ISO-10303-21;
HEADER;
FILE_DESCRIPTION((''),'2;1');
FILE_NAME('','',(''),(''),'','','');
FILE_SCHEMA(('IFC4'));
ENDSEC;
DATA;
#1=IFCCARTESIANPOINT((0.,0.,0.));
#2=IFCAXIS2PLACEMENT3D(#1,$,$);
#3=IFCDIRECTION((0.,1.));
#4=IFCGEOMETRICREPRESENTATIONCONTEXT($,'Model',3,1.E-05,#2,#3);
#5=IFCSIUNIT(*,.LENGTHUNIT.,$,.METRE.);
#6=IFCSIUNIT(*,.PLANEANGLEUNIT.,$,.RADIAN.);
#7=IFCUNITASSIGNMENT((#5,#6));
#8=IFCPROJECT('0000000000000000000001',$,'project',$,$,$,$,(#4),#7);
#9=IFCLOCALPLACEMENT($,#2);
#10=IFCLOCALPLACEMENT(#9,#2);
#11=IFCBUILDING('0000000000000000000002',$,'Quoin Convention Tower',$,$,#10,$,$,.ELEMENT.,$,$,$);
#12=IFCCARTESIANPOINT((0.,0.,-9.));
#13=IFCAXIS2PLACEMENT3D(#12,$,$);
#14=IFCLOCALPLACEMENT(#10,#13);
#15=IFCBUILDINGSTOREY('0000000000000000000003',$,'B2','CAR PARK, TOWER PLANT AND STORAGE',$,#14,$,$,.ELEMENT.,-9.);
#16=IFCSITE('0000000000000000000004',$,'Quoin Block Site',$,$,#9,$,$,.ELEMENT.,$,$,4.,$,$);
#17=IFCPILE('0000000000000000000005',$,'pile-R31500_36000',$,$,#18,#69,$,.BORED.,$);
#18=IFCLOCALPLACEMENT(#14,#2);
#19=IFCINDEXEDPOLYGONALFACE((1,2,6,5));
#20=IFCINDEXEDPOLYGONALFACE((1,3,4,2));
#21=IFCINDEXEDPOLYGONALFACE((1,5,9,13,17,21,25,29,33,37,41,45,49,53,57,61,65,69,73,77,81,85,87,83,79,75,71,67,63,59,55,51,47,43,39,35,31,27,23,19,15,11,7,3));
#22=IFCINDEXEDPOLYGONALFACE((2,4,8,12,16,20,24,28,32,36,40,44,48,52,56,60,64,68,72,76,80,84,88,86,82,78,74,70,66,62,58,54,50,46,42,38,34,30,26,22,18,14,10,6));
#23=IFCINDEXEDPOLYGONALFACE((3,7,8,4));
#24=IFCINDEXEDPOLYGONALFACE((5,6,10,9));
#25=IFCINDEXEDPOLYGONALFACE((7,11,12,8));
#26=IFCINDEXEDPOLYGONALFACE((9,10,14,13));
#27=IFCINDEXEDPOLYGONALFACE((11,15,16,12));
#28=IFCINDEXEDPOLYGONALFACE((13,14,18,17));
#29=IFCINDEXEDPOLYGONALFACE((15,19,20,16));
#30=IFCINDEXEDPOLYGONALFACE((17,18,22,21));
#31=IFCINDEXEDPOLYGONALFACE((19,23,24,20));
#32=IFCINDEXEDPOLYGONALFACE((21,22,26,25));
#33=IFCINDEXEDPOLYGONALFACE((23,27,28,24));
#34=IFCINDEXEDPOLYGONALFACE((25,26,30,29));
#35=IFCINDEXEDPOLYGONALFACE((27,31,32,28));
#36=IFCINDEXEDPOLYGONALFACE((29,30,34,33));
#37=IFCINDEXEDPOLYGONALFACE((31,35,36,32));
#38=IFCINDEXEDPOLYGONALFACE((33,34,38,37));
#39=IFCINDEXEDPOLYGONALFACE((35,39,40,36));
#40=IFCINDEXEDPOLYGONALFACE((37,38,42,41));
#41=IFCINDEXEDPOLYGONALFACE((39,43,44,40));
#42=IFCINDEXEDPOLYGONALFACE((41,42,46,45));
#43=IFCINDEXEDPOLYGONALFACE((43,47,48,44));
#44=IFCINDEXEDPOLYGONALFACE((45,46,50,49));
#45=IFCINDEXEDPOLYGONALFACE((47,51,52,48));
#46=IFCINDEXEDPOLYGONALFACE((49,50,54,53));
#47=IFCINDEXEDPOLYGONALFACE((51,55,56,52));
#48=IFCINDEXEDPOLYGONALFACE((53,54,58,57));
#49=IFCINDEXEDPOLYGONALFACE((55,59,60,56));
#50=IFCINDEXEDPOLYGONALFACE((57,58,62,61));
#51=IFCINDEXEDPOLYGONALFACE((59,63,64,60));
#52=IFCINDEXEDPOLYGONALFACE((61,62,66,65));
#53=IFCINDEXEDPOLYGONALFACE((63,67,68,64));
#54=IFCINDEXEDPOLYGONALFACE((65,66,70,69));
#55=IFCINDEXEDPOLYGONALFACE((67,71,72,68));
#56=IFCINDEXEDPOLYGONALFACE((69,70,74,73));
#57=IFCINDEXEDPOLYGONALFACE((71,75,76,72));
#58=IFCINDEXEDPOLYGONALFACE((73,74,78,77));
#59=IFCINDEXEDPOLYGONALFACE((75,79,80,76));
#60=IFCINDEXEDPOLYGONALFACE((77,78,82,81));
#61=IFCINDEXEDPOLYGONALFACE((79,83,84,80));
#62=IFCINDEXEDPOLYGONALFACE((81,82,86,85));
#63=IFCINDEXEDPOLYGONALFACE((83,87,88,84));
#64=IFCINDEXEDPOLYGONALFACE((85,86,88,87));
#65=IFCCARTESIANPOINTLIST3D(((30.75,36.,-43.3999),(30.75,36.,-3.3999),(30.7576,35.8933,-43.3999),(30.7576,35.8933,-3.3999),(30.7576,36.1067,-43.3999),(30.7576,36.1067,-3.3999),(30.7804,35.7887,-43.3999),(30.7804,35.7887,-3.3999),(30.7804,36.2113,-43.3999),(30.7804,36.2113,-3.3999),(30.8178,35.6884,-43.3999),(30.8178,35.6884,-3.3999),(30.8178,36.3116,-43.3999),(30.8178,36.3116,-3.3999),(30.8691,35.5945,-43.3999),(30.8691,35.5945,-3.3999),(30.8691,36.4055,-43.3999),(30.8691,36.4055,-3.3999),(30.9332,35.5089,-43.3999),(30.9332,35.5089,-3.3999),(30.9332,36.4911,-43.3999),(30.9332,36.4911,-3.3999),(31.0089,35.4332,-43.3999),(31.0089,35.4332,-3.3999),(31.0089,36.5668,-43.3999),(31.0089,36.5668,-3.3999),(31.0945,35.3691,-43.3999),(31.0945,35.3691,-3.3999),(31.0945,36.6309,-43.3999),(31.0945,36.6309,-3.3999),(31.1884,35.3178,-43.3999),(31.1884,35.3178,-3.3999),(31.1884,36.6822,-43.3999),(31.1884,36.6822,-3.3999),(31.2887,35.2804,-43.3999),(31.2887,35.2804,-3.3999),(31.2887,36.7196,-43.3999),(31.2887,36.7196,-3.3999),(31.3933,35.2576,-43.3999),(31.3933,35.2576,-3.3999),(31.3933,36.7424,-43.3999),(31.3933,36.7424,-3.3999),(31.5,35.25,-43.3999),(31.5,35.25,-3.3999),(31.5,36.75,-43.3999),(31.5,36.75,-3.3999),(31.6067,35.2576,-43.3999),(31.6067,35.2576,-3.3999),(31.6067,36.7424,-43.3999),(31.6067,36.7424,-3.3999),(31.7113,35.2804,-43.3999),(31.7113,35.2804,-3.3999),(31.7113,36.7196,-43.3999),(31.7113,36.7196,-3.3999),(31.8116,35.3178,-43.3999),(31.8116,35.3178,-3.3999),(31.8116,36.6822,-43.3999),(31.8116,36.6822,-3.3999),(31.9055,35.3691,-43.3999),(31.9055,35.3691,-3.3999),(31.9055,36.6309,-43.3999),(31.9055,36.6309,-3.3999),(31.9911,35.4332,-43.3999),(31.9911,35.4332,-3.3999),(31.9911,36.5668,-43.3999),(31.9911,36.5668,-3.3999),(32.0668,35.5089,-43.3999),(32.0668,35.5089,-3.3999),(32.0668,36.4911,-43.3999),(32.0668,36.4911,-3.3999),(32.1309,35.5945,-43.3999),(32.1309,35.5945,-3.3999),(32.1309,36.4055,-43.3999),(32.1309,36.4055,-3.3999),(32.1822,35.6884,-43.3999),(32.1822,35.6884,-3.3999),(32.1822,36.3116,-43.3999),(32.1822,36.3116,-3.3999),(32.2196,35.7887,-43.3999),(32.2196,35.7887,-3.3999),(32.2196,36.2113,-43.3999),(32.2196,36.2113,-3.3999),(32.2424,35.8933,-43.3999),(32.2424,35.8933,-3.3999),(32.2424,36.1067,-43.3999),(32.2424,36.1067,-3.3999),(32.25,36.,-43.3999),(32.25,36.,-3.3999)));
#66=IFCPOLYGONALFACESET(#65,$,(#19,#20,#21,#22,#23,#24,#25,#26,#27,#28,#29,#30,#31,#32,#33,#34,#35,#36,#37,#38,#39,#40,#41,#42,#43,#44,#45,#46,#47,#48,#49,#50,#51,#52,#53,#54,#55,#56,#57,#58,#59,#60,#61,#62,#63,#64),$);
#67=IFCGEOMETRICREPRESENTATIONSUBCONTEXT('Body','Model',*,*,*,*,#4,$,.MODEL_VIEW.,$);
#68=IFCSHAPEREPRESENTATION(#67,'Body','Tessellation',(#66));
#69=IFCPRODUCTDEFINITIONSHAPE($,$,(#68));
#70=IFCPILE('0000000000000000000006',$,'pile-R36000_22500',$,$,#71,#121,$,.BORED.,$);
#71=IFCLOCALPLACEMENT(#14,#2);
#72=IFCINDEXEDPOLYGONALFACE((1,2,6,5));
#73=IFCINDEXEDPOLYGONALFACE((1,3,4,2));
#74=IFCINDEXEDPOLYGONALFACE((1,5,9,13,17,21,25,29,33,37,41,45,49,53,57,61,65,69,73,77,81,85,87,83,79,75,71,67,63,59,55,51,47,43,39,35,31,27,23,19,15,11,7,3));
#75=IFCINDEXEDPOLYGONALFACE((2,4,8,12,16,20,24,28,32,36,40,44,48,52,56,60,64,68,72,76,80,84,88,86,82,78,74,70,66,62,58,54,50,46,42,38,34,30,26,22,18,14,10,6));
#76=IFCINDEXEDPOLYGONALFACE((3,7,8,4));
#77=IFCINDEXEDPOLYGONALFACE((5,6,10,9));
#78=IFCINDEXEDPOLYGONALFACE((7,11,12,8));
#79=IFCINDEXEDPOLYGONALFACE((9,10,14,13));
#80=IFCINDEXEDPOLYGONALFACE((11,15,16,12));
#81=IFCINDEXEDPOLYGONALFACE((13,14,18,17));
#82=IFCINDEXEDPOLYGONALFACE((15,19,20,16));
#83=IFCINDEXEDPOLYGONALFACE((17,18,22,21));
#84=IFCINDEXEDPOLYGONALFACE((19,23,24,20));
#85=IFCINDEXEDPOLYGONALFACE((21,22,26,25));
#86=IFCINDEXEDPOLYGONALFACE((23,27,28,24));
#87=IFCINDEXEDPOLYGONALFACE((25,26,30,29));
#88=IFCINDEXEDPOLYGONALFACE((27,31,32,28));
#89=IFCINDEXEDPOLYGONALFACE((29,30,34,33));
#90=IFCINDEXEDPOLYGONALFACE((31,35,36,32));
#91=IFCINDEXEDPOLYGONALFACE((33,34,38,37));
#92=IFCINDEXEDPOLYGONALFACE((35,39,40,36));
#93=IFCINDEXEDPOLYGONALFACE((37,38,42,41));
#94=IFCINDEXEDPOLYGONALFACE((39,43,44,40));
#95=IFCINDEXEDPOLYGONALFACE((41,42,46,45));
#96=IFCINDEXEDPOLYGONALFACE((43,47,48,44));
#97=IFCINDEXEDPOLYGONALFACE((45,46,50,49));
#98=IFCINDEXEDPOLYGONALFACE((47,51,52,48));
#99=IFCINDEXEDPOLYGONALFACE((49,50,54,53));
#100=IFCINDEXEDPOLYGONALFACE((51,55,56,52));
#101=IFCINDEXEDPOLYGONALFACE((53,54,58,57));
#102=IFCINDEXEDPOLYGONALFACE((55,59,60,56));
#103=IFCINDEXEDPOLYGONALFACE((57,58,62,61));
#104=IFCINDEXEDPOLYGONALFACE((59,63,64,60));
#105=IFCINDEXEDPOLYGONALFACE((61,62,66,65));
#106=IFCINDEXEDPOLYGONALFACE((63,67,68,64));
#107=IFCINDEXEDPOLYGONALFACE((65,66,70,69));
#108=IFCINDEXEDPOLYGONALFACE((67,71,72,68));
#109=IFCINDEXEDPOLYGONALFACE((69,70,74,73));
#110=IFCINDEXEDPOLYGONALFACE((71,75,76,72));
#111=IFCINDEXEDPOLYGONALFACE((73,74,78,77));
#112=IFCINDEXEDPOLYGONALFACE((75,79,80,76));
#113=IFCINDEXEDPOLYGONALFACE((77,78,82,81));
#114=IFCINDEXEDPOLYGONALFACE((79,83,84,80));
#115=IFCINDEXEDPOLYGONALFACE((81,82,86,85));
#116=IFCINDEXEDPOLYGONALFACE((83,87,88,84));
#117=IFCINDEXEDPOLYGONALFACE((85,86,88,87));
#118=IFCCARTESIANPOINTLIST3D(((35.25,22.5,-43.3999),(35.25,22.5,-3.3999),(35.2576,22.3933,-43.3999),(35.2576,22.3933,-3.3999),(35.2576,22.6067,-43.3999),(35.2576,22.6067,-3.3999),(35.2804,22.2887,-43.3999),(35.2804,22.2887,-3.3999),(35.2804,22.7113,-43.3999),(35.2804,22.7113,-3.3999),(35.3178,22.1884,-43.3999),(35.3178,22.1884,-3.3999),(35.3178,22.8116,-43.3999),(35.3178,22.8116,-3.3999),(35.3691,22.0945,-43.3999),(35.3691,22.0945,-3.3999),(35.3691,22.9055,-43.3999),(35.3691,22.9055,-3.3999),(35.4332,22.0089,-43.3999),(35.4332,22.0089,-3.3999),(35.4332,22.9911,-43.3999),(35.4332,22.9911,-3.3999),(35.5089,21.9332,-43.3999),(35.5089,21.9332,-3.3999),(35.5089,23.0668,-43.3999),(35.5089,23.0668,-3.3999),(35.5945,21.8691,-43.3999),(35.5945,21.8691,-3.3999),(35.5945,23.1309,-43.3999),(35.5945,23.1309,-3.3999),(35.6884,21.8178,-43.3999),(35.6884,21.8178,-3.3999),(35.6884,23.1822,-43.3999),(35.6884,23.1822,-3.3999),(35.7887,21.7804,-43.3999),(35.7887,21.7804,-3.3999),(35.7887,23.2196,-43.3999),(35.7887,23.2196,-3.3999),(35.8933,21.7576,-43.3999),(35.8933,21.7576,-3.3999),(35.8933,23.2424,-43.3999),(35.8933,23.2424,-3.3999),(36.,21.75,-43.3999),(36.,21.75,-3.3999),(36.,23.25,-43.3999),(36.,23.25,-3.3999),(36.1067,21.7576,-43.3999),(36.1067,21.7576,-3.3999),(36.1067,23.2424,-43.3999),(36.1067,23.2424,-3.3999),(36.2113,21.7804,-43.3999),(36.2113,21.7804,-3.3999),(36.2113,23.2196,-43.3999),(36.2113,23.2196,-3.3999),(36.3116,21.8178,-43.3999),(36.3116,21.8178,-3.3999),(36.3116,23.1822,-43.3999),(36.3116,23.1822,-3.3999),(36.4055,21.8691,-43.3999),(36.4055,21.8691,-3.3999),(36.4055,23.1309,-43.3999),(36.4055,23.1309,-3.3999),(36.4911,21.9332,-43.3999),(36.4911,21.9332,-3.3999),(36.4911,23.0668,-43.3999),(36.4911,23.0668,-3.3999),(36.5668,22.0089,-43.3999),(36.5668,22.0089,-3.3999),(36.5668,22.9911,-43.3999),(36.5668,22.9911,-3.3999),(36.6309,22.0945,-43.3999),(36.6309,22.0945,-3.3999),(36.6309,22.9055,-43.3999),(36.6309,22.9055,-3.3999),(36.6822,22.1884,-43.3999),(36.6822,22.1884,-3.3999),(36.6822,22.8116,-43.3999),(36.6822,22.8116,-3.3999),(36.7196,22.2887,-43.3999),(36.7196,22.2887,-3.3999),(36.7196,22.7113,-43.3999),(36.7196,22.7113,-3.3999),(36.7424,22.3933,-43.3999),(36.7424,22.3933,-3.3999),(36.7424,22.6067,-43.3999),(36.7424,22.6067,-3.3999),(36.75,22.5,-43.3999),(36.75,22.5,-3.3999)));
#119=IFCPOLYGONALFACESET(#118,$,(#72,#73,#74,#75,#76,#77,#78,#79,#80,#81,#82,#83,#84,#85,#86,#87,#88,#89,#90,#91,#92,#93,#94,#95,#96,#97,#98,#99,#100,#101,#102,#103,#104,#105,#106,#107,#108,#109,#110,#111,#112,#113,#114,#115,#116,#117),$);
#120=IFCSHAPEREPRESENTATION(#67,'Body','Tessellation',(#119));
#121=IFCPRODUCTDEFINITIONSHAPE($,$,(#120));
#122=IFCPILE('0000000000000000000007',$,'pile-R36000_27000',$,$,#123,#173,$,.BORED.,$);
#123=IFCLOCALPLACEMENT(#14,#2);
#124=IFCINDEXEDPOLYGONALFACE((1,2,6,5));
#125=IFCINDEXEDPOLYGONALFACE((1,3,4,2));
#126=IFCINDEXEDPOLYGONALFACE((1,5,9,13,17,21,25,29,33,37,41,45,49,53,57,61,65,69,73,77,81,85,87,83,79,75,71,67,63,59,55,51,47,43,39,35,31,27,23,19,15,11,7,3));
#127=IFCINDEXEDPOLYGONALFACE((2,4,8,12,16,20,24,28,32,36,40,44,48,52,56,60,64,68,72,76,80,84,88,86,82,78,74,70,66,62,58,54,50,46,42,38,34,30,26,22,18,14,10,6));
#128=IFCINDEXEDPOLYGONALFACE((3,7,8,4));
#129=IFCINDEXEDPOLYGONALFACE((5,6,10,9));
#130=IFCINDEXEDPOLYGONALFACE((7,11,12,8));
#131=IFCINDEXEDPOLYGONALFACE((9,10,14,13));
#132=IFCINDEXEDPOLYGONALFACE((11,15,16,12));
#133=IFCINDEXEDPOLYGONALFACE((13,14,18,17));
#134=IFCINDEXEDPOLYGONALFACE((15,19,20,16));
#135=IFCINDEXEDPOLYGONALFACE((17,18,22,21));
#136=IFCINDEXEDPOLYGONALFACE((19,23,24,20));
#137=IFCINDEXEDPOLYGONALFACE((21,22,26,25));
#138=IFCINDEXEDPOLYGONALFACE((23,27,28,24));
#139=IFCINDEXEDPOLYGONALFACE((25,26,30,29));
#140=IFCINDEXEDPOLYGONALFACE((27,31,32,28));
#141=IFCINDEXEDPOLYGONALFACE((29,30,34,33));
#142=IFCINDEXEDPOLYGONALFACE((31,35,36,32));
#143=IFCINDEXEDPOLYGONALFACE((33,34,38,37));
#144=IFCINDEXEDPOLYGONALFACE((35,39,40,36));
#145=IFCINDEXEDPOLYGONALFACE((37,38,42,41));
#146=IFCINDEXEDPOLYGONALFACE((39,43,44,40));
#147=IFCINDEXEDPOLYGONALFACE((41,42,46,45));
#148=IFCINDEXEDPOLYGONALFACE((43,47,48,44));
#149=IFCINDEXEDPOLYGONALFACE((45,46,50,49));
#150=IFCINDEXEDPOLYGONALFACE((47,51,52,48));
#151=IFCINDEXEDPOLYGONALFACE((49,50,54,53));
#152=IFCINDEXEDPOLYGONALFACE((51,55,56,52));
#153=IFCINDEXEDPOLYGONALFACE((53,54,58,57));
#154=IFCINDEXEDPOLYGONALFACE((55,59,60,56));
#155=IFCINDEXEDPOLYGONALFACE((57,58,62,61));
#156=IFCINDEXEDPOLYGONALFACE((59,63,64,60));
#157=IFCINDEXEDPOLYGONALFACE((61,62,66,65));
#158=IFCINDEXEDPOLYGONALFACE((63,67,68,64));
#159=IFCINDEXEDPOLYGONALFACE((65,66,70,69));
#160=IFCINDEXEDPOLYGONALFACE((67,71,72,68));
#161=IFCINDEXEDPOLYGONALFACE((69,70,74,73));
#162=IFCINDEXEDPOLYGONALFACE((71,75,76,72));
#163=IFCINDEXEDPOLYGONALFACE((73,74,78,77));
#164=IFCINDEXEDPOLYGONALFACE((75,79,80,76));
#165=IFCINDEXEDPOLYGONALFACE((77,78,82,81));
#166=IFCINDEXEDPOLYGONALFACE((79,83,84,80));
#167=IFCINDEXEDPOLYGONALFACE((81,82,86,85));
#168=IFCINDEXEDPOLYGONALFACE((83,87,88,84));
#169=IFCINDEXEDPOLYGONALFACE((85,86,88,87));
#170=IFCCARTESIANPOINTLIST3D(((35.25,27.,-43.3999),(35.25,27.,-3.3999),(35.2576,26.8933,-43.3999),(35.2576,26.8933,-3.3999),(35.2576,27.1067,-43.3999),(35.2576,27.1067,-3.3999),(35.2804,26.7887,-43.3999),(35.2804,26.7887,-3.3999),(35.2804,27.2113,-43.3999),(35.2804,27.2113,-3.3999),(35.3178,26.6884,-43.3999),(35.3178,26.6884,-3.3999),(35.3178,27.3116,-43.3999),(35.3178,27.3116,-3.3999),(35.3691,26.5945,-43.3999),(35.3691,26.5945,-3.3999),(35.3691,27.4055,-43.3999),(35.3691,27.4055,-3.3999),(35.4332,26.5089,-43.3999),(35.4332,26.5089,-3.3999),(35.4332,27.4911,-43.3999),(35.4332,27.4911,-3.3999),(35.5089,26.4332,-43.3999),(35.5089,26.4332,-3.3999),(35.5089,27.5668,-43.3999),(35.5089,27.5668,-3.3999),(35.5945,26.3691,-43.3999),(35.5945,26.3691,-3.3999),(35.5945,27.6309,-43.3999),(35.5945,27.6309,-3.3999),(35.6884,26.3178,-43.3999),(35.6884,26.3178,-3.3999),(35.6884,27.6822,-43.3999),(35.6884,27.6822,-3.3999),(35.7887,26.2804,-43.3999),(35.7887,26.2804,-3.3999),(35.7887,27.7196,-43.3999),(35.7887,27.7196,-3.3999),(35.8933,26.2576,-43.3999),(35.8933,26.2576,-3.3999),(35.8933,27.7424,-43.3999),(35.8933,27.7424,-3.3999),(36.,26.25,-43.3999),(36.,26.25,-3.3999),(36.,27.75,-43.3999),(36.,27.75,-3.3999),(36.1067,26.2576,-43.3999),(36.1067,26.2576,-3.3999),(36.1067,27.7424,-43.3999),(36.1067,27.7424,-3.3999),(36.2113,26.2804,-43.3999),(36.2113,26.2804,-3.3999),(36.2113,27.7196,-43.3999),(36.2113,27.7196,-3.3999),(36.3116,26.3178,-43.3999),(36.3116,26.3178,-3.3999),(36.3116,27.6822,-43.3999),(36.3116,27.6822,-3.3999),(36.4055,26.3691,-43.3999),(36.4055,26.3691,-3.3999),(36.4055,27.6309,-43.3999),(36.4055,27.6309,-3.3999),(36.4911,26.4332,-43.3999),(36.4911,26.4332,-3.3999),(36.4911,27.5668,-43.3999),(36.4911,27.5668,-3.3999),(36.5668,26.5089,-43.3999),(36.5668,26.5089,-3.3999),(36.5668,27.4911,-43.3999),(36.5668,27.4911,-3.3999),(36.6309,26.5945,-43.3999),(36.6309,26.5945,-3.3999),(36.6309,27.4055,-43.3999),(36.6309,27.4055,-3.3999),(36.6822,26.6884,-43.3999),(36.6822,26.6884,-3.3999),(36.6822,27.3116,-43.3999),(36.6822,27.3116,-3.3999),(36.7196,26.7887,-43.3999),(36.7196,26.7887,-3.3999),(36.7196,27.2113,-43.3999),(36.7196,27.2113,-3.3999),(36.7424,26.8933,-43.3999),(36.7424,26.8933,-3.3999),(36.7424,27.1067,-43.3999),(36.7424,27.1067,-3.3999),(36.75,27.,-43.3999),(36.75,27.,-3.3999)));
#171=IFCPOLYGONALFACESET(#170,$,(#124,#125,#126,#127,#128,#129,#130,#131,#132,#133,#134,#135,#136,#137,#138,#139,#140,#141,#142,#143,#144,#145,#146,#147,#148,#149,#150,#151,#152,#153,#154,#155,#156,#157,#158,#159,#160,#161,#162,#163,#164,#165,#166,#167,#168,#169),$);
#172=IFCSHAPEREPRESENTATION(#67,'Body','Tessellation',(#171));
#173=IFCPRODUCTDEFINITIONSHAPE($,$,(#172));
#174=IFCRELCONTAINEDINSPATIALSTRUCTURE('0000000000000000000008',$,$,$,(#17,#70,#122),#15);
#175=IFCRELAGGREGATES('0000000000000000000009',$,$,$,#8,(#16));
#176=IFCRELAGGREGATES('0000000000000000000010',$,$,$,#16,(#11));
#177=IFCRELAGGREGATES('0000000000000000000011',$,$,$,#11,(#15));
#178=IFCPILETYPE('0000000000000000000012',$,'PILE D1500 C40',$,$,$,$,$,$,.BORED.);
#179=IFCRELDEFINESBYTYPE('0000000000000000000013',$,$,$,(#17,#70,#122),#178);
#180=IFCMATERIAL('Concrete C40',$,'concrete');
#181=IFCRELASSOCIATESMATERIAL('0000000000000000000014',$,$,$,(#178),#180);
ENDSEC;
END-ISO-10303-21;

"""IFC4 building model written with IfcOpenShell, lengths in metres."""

from ifc_helpers import new_model, si_unit, direction, frame, origin, origin_2d, place, context, subcontext, project, spatial, circle, extrude, material, material_profile, profile_set, type_object, element, save


model = new_model("IFC4")

# Units and contexts
model_context = context("Model", 3, precision=1e-05, world=origin(), true_north=direction((0.0, 1.0)))
body_context = subcontext(model_context, "Body", "Model", "MODEL_VIEW")
ifc_project = project(units=[si_unit("LENGTHUNIT", "METRE"), si_unit("PLANEANGLEUNIT", "RADIAN")], contexts=[model_context])

# Site, building, storey
site_placement = place(None, origin())
site = spatial("IfcSite", under=ifc_project, at=site_placement, Name="Quoin Block Site", CompositionType="ELEMENT", RefElevation=4.0)
building_placement = place(site_placement, origin())
building = spatial("IfcBuilding", under=site, at=building_placement, Name="Quoin Convention Tower", CompositionType="ELEMENT")
storey_placement = place(building_placement, frame((0.0, 0.0, -9.0)))
storey = spatial("IfcBuildingStorey", under=building, at=storey_placement, Name="B2", Description="CAR PARK, TOWER PLANT AND STORAGE", CompositionType="ELEMENT", Elevation=-9.0)

# Piles
ifc_material_1 = material(Name="Concrete C40", Category="concrete")
ifc_material_profile_1 = material_profile(ifc_material_1, circle(Radius=0.75, at=origin_2d()), Name="D1500")
ifc_profile_set_1 = profile_set([ifc_material_profile_1], Name="Concrete C40")
pile_type = type_object("IfcPileType", Name="PILE D1500 C40", PredefinedType="BORED", material=ifc_profile_set_1)
for number, where, z_axis, x_axis, name in (
    (1, (31.5, 36.0, -3.3999), (0.0, 0.0, -1.0), (1.0, 0.0, 0.0), "pile-R31500_36000"),
    (2, (36.0, 22.5, -3.3999), (0.0, 0.0, -1.0), (1.0, 0.0, 0.0), "pile-R36000_22500"),
    (3, (36.0, 27.0, -3.3999), (0.0, 0.0, -1.0), (1.0, 0.0, 0.0), "pile-R36000_27000"),
):
    element("IfcPile", number, at=place(storey_placement, frame(where, z_axis=z_axis, x_axis=x_axis)), inside=storey, type_object=pile_type, Name=name, PredefinedType="BORED", context=body_context, shape_type="SweptSolid", body=[
        extrude(circle(Radius=0.75, at=origin_2d()), origin(), (0.0, 0.0, 1.0), 40.0),
    ])

save(model, "model.ifc")
